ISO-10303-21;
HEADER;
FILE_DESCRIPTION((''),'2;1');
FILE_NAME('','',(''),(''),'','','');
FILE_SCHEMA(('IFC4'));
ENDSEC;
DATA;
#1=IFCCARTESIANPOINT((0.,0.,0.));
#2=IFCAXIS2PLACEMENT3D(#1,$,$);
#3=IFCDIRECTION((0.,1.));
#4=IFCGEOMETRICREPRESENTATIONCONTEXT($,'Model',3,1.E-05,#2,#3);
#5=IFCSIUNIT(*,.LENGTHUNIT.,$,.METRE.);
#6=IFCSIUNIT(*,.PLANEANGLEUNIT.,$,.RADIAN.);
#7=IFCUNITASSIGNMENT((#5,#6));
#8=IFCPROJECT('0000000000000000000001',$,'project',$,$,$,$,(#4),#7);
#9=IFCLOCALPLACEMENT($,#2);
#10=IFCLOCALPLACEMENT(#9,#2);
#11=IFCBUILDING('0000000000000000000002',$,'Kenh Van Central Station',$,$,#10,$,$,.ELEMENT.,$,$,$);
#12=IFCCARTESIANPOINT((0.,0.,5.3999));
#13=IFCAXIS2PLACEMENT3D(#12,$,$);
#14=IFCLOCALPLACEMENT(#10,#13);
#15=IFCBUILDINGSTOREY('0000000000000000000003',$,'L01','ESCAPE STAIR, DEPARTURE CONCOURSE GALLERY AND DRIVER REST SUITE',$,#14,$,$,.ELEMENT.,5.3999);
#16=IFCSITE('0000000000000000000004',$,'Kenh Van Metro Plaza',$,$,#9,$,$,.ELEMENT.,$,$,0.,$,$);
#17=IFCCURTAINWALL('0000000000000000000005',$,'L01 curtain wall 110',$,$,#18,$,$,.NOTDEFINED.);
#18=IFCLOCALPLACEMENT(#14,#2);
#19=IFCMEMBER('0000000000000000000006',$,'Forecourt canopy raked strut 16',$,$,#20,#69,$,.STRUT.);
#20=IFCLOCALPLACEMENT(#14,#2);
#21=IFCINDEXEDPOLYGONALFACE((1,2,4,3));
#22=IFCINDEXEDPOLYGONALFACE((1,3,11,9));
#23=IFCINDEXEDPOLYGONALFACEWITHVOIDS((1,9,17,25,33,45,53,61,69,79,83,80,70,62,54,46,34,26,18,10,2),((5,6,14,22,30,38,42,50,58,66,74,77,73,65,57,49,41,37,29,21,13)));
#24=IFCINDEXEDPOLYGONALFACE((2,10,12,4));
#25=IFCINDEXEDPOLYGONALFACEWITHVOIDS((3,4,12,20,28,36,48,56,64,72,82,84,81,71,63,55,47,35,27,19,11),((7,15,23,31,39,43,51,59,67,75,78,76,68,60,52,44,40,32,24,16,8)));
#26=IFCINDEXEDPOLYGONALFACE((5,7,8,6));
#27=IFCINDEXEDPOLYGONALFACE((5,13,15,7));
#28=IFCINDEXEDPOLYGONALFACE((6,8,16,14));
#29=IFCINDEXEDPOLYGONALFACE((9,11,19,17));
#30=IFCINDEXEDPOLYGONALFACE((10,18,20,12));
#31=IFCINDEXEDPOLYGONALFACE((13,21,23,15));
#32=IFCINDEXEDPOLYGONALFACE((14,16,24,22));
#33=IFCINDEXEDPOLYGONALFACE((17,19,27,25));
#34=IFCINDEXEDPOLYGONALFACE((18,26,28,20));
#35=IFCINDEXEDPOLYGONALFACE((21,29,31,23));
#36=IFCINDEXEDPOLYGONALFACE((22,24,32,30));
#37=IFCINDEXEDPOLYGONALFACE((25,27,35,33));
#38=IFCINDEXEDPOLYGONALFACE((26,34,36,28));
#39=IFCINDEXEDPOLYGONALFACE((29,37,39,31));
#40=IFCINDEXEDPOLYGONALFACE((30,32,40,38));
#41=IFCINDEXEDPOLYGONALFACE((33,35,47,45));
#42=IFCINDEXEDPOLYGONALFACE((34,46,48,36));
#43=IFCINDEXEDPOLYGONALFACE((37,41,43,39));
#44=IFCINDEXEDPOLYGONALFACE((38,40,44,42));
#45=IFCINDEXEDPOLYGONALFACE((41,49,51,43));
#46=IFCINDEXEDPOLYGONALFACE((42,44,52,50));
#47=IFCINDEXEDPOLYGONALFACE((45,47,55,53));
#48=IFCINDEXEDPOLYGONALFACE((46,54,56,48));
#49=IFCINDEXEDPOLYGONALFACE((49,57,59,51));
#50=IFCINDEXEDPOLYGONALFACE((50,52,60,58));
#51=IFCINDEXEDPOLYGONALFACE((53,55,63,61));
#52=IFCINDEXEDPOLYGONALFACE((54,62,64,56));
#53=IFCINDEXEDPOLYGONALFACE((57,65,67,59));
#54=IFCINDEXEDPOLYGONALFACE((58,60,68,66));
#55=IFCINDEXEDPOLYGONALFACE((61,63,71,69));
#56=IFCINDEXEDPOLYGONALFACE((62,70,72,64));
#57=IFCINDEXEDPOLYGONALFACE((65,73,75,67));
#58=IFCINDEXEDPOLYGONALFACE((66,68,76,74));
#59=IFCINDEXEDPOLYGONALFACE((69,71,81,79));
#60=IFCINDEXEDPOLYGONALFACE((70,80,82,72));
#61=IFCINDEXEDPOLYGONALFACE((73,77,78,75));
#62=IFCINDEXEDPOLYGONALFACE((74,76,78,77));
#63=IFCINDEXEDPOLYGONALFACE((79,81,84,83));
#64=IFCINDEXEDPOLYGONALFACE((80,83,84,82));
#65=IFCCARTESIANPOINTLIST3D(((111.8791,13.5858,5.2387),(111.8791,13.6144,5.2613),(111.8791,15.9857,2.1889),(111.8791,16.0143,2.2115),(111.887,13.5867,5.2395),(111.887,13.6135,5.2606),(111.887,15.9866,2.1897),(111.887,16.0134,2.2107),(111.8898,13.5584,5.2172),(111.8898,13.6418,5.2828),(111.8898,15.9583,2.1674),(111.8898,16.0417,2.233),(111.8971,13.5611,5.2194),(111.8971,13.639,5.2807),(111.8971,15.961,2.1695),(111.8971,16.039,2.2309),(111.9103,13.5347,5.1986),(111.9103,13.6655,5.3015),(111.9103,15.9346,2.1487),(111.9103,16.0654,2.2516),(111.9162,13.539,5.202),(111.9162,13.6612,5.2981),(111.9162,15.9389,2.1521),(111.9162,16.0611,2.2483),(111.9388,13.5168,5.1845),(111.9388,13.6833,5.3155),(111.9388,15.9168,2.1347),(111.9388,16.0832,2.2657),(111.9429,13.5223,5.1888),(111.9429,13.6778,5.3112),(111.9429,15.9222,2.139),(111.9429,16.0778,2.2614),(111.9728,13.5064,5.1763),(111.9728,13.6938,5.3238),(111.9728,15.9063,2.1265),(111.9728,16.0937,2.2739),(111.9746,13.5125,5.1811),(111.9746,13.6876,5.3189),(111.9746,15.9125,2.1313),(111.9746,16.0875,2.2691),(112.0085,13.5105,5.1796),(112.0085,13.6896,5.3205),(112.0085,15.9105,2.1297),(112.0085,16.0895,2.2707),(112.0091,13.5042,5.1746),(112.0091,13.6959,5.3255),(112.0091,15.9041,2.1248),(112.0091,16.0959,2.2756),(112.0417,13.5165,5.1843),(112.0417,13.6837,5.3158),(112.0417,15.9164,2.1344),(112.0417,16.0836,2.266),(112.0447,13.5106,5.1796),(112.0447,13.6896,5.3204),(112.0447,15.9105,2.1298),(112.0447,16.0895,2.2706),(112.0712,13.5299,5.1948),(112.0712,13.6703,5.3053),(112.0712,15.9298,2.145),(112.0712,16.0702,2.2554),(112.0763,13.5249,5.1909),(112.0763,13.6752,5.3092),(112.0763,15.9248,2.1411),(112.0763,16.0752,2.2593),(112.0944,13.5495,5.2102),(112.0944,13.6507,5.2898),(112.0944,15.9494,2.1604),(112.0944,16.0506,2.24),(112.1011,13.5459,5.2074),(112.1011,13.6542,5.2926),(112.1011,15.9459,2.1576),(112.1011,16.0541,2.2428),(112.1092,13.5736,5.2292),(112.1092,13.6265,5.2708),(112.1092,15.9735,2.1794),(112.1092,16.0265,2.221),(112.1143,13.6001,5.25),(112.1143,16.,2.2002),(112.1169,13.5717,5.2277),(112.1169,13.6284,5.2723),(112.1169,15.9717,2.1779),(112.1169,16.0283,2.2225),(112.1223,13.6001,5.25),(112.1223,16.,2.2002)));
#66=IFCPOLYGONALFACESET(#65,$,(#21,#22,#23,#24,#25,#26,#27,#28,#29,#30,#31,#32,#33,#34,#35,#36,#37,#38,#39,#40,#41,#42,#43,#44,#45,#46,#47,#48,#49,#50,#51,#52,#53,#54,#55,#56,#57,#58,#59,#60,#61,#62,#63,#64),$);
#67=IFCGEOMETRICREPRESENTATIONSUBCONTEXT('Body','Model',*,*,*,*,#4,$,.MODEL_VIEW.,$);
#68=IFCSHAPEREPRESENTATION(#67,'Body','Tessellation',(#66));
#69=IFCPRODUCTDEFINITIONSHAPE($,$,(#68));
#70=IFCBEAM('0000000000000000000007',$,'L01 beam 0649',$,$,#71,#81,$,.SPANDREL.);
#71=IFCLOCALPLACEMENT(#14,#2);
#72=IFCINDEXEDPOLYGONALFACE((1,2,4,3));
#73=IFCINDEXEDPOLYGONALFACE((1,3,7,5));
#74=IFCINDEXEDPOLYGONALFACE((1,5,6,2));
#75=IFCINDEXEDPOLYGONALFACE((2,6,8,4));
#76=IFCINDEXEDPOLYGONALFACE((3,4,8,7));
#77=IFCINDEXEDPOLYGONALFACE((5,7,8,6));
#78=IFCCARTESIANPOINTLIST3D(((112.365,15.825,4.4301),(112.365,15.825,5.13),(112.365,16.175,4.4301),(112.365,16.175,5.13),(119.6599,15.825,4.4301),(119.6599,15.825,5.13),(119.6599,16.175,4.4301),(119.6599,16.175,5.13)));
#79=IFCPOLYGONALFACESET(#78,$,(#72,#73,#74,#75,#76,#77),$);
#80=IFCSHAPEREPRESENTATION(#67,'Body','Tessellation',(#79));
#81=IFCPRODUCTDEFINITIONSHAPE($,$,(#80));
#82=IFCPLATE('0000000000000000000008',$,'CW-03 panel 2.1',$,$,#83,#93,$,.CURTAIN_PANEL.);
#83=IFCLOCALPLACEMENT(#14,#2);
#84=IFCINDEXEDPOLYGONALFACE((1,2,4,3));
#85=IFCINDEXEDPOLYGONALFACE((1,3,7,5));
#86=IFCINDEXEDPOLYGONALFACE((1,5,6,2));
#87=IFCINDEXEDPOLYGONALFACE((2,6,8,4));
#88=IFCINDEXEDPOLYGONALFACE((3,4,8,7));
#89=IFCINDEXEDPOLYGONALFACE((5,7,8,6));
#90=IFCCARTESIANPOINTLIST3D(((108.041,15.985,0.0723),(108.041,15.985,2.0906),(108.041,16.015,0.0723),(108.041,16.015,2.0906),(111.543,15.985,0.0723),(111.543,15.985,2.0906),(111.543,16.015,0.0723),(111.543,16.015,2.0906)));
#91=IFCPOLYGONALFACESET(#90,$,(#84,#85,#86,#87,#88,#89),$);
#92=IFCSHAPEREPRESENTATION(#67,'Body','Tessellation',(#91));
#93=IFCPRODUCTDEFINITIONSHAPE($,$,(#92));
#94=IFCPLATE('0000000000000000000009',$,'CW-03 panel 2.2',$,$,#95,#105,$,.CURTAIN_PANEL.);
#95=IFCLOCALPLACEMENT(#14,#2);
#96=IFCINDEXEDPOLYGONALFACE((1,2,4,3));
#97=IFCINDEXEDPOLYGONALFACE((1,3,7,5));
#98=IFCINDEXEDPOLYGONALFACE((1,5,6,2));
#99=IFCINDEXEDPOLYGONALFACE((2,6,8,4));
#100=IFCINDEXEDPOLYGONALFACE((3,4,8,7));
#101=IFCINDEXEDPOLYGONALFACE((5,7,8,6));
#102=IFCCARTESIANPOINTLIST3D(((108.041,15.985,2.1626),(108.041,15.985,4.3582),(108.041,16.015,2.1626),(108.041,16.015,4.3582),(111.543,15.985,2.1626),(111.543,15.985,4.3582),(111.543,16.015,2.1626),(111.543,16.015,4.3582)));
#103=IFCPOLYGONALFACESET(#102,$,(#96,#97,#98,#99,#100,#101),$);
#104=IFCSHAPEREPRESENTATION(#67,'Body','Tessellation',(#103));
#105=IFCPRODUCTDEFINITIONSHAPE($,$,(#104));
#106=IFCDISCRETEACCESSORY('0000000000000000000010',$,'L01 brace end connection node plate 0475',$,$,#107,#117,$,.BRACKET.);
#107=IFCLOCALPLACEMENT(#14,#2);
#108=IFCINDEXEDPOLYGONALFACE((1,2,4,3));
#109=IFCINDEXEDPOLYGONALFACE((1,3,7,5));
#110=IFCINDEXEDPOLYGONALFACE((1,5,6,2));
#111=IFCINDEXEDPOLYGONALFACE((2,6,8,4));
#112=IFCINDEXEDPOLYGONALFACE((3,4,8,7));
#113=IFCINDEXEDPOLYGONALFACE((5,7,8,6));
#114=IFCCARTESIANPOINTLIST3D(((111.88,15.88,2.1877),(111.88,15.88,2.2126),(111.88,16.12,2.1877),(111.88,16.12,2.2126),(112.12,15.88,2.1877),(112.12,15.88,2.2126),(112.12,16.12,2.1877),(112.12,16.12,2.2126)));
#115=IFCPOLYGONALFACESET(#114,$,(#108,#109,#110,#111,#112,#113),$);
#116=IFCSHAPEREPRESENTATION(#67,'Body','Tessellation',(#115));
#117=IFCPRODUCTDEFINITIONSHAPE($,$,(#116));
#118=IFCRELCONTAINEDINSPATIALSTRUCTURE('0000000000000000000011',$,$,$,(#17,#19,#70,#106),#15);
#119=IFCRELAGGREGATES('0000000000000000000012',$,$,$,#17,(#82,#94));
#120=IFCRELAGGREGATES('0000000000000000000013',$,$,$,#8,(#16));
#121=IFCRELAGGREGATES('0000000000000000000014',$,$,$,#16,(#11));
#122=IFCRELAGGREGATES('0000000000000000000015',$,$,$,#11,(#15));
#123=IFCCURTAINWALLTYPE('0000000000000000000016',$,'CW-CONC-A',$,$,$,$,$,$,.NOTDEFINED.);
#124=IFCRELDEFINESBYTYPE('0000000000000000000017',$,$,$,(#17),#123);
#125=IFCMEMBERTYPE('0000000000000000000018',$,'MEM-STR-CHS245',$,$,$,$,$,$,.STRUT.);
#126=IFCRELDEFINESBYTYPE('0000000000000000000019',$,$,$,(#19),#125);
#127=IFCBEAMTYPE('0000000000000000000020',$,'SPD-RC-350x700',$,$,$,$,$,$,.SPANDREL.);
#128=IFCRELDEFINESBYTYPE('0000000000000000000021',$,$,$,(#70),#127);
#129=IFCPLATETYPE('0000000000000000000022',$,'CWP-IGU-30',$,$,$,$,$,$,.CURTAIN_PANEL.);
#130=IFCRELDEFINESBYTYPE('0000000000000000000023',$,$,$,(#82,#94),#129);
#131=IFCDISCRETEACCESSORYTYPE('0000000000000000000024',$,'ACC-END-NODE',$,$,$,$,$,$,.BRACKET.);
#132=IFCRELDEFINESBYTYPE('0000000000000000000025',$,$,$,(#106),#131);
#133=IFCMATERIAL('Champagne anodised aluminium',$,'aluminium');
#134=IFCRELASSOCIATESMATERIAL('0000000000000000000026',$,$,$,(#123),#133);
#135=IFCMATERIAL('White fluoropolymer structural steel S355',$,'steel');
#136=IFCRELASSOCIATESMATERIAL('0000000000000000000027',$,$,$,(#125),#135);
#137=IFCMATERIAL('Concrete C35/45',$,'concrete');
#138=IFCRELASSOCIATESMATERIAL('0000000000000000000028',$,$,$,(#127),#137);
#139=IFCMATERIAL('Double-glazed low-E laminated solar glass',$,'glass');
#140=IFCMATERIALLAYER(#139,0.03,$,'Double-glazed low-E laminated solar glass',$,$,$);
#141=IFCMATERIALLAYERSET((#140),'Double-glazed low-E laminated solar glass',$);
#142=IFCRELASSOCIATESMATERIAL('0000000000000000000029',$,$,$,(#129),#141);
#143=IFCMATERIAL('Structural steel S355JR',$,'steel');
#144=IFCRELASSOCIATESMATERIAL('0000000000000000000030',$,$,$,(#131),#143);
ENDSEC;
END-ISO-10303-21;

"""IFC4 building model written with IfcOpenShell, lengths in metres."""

from ifc_helpers import new_model, si_unit, direction, frame, origin, origin_2d, place, context, subcontext, project, spatial, rectangle, hollow_circle, extrude, material, layer, layer_set, material_profile, profile_set, type_object, element, aggregate, save


model = new_model("IFC4")

# Units and contexts
model_context = context("Model", 3, precision=1e-05, world=origin(), true_north=direction((0.0, 1.0)))
body_context = subcontext(model_context, "Body", "Model", "MODEL_VIEW")
ifc_project = project(units=[si_unit("LENGTHUNIT", "METRE"), si_unit("PLANEANGLEUNIT", "RADIAN")], contexts=[model_context])

# Site, building, storey
site_placement = place(None, origin())
site = spatial("IfcSite", under=ifc_project, at=site_placement, Name="Kenh Van Metro Plaza", CompositionType="ELEMENT", RefElevation=0.0)
building_placement = place(site_placement, origin())
building = spatial("IfcBuilding", under=site, at=building_placement, Name="Kenh Van Central Station", CompositionType="ELEMENT")
storey_placement = place(building_placement, frame((0.0, 0.0, 5.3999)))
storey = spatial("IfcBuildingStorey", under=building, at=storey_placement, Name="L01", Description="ESCAPE STAIR, DEPARTURE CONCOURSE GALLERY AND DRIVER REST SUITE", CompositionType="ELEMENT", Elevation=5.3999)

# Shared definitions
ifc_material_1 = material(Name="Concrete C35/45", Category="concrete")

# Curtain wall
ifc_material_2 = material(Name="Champagne anodised aluminium", Category="aluminium")
curtain_wall_type = type_object("IfcCurtainWallType", Name="CW-CONC-A", PredefinedType="NOTDEFINED", material=ifc_material_2)
curtain_wall_1_placement = place(storey_placement, origin())
curtain_wall_1 = element("IfcCurtainWall", 1, at=curtain_wall_1_placement, inside=storey, type_object=curtain_wall_type, Name="L01 curtain wall 110", PredefinedType="NOTDEFINED")

# Member
ifc_material_3 = material(Name="White fluoropolymer structural steel S355", Category="steel")
ifc_material_profile_1 = material_profile(ifc_material_3, hollow_circle(Radius=0.1223, WallThickness=0.0081, at=origin_2d()), Name="CHS 244.5x8")
ifc_profile_set_1 = profile_set([ifc_material_profile_1], Name="White fluoropolymer structural steel S355")
member_type_1 = type_object("IfcMemberType", Name="MEM-STR-CHS245", PredefinedType="STRUT", material=ifc_profile_set_1)
member_1_placement = place(storey_placement, frame((112.0, 16.0, 2.2002), z_axis=(0.0, -0.618399, 0.785864), x_axis=(1.0, 0.0, 0.0)))
element("IfcMember", 2, at=member_1_placement, inside=storey, type_object=member_type_1, Name="Forecourt canopy raked strut 16", PredefinedType="STRUT", context=body_context, shape_type="SweptSolid", body=[
    extrude(hollow_circle(Radius=0.1223, WallThickness=0.0081, at=origin_2d()), origin(), (0.0, 0.0, 1.0), 3.8809),
])

# Beam
ifc_material_profile_2 = material_profile(ifc_material_1, rectangle(XDim=0.3501, YDim=0.7, at=origin_2d()), Name="RC 350x700")
ifc_profile_set_2 = profile_set([ifc_material_profile_2], Name="Concrete C35/45")
beam_type_1 = type_object("IfcBeamType", Name="SPD-RC-350x700", PredefinedType="SPANDREL", material=ifc_profile_set_2)
beam_placement = place(storey_placement, frame((112.365, 16.0, 4.78), z_axis=(1.0, 0.0, 0.0), x_axis=(0.0, 1.0, 0.0)))
element("IfcBeam", 3, at=beam_placement, inside=storey, type_object=beam_type_1, Name="L01 beam 0649", PredefinedType="SPANDREL", context=body_context, shape_type="SweptSolid", body=[
    extrude(rectangle(XDim=0.3501, YDim=0.7, at=origin_2d()), origin(), (0.0, 0.0, 1.0), 7.2949),
])

# Plates
ifc_material_4 = material(Name="Double-glazed low-E laminated solar glass", Category="glass")
ifc_layer = layer(ifc_material_4, 0.03, Name="Double-glazed low-E laminated solar glass")
ifc_layer_set = layer_set([ifc_layer], Name="Double-glazed low-E laminated solar glass")
plate_type = type_object("IfcPlateType", Name="CWP-IGU-30", PredefinedType="CURTAIN_PANEL", material=ifc_layer_set)
plate_1_placement = place(storey_placement, frame((109.792, 16.0, 0.0723), z_axis=(0.0, 0.0, 1.0), x_axis=(1.0, 0.0, 0.0)))
plate_1 = element("IfcPlate", 4, at=plate_1_placement, type_object=plate_type, Name="CW-03 panel 2.1", PredefinedType="CURTAIN_PANEL", context=body_context, shape_type="SweptSolid", body=[
    extrude(rectangle(XDim=3.502, YDim=0.03, at=origin_2d()), origin(), (0.0, 0.0, 1.0), 2.0183),
])
plate_2_placement = place(storey_placement, frame((109.792, 16.0, 2.1626), z_axis=(0.0, 0.0, 1.0), x_axis=(1.0, 0.0, 0.0)))
plate_2 = element("IfcPlate", 5, at=plate_2_placement, type_object=plate_type, Name="CW-03 panel 2.2", PredefinedType="CURTAIN_PANEL", context=body_context, shape_type="SweptSolid", body=[
    extrude(rectangle(XDim=3.502, YDim=0.03, at=origin_2d()), origin(), (0.0, 0.0, 1.0), 2.1956),
])
aggregate(curtain_wall_1, [plate_1, plate_2])

# Discrete accessory
ifc_material_5 = material(Name="Structural steel S355JR", Category="steel")
discrete_accessory_type = type_object("IfcDiscreteAccessoryType", Name="ACC-END-NODE", PredefinedType="BRACKET", material=ifc_material_5)
discrete_accessory_placement = place(storey_placement, frame((112.0, 16.0, 2.1877), z_axis=(0.0, 0.0, 1.0), x_axis=(1.0, 0.0, 0.0)))
element("IfcDiscreteAccessory", 6, at=discrete_accessory_placement, inside=storey, type_object=discrete_accessory_type, Name="L01 brace end connection node plate 0475", PredefinedType="BRACKET", context=body_context, shape_type="SweptSolid", body=[
    extrude(rectangle(XDim=0.24, YDim=0.24, at=origin_2d()), origin(), (0.0, 0.0, 1.0), 0.0249),
])

save(model, "model.ifc")
